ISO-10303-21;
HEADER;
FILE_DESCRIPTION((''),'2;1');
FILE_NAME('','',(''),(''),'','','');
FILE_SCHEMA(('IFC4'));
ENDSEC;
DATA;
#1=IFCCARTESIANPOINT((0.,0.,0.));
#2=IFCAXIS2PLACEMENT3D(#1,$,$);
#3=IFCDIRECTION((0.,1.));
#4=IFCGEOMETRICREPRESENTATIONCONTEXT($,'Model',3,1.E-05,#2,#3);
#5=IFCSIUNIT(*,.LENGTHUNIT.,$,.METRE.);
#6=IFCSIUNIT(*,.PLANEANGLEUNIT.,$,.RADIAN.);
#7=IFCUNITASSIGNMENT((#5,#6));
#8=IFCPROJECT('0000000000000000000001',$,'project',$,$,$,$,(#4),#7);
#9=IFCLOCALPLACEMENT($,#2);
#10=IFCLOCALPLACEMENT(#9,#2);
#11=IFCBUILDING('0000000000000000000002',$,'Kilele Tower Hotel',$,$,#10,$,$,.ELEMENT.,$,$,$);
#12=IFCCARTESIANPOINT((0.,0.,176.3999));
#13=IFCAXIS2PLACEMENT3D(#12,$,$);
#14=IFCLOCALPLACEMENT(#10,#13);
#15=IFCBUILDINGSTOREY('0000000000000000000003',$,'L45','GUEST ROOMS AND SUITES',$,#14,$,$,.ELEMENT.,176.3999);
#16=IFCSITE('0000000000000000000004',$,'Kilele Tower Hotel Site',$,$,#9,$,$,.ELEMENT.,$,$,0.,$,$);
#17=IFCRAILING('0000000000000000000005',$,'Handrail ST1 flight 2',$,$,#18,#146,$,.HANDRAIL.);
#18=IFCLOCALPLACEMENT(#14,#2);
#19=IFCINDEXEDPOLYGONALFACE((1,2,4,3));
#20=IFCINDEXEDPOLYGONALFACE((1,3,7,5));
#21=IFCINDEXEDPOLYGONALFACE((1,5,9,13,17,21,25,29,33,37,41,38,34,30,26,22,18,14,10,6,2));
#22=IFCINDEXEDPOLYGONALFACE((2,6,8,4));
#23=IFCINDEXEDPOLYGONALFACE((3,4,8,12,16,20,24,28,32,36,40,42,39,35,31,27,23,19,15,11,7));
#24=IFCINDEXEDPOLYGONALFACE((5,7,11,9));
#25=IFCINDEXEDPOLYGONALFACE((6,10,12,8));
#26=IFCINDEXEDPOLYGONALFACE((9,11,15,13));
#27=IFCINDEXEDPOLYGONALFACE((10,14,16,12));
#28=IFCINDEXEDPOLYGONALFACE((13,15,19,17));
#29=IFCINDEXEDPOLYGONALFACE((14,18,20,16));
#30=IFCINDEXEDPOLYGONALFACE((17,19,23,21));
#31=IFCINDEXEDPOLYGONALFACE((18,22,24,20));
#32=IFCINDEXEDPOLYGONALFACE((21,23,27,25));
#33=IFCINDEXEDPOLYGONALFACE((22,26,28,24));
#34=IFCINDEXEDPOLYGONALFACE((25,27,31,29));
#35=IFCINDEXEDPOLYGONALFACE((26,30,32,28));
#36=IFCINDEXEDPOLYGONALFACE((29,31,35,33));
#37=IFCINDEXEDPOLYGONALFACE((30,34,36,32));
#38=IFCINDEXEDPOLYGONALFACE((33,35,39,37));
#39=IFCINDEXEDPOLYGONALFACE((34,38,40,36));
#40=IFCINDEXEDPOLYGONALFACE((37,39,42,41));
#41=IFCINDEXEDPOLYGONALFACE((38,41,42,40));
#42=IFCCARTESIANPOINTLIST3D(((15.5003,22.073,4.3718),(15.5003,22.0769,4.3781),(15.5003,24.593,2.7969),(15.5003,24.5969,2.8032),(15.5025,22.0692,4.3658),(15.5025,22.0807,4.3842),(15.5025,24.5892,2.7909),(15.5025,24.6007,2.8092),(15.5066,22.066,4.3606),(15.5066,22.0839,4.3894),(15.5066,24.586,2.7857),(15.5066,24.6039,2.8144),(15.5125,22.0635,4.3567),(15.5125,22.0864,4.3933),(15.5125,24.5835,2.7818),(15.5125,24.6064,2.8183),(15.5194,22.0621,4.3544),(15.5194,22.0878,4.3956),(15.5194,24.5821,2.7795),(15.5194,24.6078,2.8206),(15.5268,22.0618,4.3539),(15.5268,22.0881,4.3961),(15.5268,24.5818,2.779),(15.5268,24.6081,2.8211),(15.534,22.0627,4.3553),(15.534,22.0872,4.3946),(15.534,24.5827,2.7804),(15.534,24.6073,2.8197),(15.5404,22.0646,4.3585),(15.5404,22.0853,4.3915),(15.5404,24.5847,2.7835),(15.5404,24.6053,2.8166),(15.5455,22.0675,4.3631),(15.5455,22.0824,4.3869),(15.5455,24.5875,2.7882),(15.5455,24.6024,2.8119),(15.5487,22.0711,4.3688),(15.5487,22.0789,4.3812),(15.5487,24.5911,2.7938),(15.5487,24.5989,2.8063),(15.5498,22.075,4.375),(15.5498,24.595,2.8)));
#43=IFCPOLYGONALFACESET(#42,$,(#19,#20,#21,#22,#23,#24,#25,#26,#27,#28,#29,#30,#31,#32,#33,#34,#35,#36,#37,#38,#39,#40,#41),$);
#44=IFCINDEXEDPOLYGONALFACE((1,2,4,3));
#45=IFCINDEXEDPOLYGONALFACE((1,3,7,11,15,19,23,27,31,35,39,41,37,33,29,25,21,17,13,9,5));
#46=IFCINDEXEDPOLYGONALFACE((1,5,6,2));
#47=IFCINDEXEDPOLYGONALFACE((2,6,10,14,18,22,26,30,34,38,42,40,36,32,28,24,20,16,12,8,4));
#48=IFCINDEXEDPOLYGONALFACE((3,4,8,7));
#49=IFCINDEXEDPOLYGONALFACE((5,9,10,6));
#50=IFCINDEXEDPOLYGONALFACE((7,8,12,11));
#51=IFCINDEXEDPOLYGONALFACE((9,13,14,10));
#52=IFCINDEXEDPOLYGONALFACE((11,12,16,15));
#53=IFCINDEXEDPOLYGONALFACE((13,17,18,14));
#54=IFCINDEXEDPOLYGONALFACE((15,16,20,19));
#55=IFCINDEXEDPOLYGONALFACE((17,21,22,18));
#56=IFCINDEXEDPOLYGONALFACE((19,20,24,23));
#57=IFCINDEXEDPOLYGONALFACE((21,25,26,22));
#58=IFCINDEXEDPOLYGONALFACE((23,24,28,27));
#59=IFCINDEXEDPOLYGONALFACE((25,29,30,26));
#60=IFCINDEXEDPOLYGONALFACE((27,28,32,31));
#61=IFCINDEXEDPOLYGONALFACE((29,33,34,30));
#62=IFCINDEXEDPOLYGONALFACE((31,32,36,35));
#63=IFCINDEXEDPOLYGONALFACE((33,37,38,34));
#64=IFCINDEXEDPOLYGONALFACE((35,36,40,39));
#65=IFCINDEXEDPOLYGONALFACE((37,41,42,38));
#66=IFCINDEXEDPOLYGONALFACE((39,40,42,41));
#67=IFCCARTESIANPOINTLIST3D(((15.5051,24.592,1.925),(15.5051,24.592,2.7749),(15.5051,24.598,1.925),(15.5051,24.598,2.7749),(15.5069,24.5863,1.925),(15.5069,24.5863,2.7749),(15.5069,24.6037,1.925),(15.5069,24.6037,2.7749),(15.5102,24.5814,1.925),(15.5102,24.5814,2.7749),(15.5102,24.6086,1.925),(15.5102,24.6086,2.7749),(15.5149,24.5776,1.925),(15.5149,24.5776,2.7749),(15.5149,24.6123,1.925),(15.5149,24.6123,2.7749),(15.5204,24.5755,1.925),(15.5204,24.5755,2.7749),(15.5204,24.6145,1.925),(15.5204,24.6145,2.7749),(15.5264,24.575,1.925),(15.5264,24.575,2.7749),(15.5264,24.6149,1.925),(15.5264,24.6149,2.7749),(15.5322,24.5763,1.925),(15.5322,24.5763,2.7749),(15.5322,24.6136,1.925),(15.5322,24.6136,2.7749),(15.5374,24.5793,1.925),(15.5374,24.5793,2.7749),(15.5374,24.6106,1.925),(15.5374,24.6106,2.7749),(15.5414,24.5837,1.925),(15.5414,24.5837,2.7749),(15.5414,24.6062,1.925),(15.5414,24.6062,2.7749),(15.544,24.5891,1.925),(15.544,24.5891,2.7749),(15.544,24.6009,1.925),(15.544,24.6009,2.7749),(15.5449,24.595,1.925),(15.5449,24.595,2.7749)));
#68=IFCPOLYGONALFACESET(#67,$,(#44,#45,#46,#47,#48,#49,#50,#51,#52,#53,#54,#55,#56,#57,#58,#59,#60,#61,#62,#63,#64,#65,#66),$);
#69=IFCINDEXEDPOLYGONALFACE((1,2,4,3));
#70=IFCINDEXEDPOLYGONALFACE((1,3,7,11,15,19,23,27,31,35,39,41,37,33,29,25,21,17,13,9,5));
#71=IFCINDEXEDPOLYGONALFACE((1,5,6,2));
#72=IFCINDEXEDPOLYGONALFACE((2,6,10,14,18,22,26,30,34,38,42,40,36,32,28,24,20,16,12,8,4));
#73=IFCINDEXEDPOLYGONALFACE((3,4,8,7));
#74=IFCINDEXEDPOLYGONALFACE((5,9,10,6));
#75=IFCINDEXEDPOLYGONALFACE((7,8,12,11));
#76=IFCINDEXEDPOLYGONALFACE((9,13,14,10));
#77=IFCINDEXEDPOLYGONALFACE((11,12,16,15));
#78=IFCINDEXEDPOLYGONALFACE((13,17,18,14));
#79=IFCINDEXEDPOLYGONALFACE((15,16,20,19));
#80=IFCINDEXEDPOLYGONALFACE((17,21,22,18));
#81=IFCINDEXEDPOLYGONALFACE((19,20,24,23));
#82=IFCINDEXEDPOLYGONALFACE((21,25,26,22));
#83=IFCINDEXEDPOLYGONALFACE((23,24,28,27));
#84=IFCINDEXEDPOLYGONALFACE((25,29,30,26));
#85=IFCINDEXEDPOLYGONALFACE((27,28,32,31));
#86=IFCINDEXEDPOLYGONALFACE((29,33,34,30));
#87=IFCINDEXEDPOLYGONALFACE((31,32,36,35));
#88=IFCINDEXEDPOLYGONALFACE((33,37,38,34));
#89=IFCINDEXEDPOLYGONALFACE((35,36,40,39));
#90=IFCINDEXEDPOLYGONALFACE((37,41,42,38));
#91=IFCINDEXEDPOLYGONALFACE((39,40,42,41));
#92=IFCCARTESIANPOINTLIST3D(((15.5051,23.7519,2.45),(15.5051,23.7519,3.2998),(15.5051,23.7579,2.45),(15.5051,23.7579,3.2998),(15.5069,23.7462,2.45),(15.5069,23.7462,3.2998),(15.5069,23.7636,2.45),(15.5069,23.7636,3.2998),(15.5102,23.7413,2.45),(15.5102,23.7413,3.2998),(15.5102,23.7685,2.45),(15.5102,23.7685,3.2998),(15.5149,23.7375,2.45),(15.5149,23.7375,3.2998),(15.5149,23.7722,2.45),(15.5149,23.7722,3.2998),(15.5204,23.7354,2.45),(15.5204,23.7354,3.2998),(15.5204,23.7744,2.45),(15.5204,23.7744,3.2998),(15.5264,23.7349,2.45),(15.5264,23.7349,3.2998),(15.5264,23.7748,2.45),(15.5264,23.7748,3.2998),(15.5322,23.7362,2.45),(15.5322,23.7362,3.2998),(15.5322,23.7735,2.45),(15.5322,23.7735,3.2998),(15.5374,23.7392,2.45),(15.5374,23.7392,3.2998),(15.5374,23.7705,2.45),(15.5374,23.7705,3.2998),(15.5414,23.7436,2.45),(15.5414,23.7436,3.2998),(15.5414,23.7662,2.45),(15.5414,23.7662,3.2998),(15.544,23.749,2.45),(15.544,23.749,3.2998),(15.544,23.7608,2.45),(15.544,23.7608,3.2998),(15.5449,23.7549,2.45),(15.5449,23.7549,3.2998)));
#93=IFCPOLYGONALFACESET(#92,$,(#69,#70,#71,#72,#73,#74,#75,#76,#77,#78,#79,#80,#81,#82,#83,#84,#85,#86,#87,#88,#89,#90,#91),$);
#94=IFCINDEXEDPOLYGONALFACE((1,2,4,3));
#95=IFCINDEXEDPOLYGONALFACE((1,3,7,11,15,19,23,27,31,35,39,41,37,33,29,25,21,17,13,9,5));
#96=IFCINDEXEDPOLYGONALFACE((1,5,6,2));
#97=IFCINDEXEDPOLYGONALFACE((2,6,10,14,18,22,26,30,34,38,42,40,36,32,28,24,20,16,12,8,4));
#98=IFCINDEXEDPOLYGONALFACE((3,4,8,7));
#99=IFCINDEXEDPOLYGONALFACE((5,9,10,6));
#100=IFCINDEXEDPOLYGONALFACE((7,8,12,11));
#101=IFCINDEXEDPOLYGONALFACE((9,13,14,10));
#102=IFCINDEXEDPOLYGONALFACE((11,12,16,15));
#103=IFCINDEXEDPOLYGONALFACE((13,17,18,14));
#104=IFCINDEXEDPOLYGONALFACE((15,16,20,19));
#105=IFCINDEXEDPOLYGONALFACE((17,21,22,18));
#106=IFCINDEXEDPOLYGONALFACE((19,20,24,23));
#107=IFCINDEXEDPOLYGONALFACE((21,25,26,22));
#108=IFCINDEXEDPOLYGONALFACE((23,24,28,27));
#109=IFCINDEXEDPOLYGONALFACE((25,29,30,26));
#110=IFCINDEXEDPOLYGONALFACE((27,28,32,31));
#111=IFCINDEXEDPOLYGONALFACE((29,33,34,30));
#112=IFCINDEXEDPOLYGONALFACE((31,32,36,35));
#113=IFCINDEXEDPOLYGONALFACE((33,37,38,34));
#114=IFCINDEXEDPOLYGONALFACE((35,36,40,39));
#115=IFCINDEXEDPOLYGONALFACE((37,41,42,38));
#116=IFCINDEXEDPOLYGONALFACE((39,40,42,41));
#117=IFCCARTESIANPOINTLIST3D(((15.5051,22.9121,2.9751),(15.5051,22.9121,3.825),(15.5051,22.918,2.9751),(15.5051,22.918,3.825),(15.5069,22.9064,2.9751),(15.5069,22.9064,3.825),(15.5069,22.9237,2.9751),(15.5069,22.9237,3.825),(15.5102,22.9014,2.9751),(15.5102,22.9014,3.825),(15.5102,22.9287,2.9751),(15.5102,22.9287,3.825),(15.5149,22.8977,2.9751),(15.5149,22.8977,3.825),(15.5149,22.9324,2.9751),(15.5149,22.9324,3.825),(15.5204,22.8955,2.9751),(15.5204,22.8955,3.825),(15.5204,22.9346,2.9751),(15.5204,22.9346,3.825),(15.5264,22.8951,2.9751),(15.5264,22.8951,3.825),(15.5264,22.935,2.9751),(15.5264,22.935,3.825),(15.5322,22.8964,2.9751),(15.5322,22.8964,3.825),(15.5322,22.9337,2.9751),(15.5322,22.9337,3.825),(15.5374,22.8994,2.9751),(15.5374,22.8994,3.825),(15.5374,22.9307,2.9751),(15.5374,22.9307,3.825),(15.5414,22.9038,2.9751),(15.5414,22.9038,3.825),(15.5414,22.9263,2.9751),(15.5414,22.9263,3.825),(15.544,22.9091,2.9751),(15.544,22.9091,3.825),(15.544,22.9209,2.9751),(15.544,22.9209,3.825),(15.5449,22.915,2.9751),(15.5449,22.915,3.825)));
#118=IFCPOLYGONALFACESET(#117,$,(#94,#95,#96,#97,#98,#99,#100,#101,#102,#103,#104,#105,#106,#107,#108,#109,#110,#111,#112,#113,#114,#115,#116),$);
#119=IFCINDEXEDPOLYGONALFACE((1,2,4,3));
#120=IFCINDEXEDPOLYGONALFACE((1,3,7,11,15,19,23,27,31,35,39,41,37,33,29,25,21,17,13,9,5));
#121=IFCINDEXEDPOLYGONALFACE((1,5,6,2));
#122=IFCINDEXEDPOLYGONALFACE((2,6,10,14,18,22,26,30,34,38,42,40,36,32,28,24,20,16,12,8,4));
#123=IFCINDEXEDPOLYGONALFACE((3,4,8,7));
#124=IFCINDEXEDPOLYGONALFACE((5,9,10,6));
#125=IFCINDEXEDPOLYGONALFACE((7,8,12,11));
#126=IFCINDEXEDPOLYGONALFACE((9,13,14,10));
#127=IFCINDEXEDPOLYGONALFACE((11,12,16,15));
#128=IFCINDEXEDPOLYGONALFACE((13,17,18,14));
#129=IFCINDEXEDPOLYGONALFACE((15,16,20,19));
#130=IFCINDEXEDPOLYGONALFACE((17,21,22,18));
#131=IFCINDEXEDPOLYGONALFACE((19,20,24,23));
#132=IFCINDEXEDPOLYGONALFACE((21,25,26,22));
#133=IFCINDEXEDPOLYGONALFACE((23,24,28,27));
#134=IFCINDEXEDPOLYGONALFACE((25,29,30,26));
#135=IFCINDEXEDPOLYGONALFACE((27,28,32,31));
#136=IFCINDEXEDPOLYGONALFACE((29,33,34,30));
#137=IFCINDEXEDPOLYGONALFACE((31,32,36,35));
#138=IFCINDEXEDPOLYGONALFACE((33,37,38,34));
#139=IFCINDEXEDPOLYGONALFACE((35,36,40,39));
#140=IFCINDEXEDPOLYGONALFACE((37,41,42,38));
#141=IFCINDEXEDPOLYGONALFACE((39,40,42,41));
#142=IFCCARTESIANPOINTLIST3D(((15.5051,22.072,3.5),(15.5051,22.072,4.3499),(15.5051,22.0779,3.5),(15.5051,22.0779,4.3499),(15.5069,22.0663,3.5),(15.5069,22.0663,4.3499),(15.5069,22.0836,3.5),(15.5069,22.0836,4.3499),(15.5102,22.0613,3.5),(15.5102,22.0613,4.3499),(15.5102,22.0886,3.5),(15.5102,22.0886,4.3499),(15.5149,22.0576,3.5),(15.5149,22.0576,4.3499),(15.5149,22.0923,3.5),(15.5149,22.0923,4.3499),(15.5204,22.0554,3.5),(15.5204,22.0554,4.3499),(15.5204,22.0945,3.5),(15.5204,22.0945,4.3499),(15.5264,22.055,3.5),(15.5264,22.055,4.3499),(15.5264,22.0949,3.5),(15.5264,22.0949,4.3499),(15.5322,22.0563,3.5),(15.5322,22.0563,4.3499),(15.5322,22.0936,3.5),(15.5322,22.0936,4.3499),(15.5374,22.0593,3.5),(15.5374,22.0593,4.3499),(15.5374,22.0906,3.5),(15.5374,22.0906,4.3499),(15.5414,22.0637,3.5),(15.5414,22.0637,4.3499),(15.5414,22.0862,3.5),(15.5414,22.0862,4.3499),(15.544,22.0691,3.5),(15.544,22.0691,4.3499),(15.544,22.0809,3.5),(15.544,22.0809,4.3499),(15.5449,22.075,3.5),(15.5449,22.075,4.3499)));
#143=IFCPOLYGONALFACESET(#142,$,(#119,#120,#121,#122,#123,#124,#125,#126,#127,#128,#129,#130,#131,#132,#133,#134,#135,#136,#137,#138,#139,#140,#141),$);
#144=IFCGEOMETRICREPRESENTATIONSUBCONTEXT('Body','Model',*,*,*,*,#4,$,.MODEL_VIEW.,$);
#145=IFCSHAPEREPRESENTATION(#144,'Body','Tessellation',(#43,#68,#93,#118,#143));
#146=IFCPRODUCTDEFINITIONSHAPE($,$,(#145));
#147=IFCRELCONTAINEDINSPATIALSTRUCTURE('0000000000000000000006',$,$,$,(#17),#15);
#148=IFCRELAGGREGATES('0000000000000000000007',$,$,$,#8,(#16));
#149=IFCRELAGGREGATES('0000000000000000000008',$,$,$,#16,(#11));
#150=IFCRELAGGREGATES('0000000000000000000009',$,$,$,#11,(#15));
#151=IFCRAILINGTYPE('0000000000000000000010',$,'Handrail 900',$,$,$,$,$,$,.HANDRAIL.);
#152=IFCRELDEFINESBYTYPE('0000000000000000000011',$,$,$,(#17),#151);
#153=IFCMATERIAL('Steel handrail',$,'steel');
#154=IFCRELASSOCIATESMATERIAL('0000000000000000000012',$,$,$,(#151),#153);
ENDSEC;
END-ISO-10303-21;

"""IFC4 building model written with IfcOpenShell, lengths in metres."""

from ifc_helpers import new_model, si_unit, direction, frame, origin, origin_2d, place, context, subcontext, project, spatial, circle, extrude, material, type_object, element, save


model = new_model("IFC4")

# Units and contexts
model_context = context("Model", 3, precision=1e-05, world=origin(), true_north=direction((0.0, 1.0)))
body_context = subcontext(model_context, "Body", "Model", "MODEL_VIEW")
ifc_project = project(units=[si_unit("LENGTHUNIT", "METRE"), si_unit("PLANEANGLEUNIT", "RADIAN")], contexts=[model_context])

# Site, building, storey
site_placement = place(None, origin())
site = spatial("IfcSite", under=ifc_project, at=site_placement, Name="Kilele Tower Hotel Site", CompositionType="ELEMENT", RefElevation=0.0)
building_placement = place(site_placement, origin())
building = spatial("IfcBuilding", under=site, at=building_placement, Name="Kilele Tower Hotel", CompositionType="ELEMENT")
storey_placement = place(building_placement, frame((0.0, 0.0, 176.3999)))
storey = spatial("IfcBuildingStorey", under=building, at=storey_placement, Name="L45", Description="GUEST ROOMS AND SUITES", CompositionType="ELEMENT", Elevation=176.3999)

# Railing
ifc_material_1 = material(Name="Steel handrail", Category="steel")
railing_type_1 = type_object("IfcRailingType", Name="Handrail 900", PredefinedType="HANDRAIL", material=ifc_material_1)
for number, where, name in (
    (1, (15.5249, 24.595, 1.925), "Handrail ST1 flight 2"),
):
    element("IfcRailing", number, at=place(storey_placement, frame(where)), inside=storey, type_object=railing_type_1, Name=name, PredefinedType="HANDRAIL", context=body_context, shape_type="SweptSolid", body=[
        extrude(circle(Radius=0.0249, at=origin_2d()), frame((0.0, 0.0, 0.875), z_axis=(0.0, -0.848008, 0.529984), x_axis=(1.0, 0.0, 0.0)), (0.0, 0.0, 1.0), 2.9717),
        extrude(circle(Radius=0.02, at=origin_2d()), origin(), (0.0, 0.0, 1.0), 0.8499),
        extrude(circle(Radius=0.02, at=origin_2d()), frame((0.0, -0.8401, 0.5249)), (0.0, 0.0, 1.0), 0.8499),
        extrude(circle(Radius=0.02, at=origin_2d()), frame((0.0, -1.6799, 1.05)), (0.0, 0.0, 1.0), 0.8499),
        extrude(circle(Radius=0.02, at=origin_2d()), frame((0.0, -2.52, 1.575)), (0.0, 0.0, 1.0), 0.8499),
    ])

save(model, "model.ifc")
